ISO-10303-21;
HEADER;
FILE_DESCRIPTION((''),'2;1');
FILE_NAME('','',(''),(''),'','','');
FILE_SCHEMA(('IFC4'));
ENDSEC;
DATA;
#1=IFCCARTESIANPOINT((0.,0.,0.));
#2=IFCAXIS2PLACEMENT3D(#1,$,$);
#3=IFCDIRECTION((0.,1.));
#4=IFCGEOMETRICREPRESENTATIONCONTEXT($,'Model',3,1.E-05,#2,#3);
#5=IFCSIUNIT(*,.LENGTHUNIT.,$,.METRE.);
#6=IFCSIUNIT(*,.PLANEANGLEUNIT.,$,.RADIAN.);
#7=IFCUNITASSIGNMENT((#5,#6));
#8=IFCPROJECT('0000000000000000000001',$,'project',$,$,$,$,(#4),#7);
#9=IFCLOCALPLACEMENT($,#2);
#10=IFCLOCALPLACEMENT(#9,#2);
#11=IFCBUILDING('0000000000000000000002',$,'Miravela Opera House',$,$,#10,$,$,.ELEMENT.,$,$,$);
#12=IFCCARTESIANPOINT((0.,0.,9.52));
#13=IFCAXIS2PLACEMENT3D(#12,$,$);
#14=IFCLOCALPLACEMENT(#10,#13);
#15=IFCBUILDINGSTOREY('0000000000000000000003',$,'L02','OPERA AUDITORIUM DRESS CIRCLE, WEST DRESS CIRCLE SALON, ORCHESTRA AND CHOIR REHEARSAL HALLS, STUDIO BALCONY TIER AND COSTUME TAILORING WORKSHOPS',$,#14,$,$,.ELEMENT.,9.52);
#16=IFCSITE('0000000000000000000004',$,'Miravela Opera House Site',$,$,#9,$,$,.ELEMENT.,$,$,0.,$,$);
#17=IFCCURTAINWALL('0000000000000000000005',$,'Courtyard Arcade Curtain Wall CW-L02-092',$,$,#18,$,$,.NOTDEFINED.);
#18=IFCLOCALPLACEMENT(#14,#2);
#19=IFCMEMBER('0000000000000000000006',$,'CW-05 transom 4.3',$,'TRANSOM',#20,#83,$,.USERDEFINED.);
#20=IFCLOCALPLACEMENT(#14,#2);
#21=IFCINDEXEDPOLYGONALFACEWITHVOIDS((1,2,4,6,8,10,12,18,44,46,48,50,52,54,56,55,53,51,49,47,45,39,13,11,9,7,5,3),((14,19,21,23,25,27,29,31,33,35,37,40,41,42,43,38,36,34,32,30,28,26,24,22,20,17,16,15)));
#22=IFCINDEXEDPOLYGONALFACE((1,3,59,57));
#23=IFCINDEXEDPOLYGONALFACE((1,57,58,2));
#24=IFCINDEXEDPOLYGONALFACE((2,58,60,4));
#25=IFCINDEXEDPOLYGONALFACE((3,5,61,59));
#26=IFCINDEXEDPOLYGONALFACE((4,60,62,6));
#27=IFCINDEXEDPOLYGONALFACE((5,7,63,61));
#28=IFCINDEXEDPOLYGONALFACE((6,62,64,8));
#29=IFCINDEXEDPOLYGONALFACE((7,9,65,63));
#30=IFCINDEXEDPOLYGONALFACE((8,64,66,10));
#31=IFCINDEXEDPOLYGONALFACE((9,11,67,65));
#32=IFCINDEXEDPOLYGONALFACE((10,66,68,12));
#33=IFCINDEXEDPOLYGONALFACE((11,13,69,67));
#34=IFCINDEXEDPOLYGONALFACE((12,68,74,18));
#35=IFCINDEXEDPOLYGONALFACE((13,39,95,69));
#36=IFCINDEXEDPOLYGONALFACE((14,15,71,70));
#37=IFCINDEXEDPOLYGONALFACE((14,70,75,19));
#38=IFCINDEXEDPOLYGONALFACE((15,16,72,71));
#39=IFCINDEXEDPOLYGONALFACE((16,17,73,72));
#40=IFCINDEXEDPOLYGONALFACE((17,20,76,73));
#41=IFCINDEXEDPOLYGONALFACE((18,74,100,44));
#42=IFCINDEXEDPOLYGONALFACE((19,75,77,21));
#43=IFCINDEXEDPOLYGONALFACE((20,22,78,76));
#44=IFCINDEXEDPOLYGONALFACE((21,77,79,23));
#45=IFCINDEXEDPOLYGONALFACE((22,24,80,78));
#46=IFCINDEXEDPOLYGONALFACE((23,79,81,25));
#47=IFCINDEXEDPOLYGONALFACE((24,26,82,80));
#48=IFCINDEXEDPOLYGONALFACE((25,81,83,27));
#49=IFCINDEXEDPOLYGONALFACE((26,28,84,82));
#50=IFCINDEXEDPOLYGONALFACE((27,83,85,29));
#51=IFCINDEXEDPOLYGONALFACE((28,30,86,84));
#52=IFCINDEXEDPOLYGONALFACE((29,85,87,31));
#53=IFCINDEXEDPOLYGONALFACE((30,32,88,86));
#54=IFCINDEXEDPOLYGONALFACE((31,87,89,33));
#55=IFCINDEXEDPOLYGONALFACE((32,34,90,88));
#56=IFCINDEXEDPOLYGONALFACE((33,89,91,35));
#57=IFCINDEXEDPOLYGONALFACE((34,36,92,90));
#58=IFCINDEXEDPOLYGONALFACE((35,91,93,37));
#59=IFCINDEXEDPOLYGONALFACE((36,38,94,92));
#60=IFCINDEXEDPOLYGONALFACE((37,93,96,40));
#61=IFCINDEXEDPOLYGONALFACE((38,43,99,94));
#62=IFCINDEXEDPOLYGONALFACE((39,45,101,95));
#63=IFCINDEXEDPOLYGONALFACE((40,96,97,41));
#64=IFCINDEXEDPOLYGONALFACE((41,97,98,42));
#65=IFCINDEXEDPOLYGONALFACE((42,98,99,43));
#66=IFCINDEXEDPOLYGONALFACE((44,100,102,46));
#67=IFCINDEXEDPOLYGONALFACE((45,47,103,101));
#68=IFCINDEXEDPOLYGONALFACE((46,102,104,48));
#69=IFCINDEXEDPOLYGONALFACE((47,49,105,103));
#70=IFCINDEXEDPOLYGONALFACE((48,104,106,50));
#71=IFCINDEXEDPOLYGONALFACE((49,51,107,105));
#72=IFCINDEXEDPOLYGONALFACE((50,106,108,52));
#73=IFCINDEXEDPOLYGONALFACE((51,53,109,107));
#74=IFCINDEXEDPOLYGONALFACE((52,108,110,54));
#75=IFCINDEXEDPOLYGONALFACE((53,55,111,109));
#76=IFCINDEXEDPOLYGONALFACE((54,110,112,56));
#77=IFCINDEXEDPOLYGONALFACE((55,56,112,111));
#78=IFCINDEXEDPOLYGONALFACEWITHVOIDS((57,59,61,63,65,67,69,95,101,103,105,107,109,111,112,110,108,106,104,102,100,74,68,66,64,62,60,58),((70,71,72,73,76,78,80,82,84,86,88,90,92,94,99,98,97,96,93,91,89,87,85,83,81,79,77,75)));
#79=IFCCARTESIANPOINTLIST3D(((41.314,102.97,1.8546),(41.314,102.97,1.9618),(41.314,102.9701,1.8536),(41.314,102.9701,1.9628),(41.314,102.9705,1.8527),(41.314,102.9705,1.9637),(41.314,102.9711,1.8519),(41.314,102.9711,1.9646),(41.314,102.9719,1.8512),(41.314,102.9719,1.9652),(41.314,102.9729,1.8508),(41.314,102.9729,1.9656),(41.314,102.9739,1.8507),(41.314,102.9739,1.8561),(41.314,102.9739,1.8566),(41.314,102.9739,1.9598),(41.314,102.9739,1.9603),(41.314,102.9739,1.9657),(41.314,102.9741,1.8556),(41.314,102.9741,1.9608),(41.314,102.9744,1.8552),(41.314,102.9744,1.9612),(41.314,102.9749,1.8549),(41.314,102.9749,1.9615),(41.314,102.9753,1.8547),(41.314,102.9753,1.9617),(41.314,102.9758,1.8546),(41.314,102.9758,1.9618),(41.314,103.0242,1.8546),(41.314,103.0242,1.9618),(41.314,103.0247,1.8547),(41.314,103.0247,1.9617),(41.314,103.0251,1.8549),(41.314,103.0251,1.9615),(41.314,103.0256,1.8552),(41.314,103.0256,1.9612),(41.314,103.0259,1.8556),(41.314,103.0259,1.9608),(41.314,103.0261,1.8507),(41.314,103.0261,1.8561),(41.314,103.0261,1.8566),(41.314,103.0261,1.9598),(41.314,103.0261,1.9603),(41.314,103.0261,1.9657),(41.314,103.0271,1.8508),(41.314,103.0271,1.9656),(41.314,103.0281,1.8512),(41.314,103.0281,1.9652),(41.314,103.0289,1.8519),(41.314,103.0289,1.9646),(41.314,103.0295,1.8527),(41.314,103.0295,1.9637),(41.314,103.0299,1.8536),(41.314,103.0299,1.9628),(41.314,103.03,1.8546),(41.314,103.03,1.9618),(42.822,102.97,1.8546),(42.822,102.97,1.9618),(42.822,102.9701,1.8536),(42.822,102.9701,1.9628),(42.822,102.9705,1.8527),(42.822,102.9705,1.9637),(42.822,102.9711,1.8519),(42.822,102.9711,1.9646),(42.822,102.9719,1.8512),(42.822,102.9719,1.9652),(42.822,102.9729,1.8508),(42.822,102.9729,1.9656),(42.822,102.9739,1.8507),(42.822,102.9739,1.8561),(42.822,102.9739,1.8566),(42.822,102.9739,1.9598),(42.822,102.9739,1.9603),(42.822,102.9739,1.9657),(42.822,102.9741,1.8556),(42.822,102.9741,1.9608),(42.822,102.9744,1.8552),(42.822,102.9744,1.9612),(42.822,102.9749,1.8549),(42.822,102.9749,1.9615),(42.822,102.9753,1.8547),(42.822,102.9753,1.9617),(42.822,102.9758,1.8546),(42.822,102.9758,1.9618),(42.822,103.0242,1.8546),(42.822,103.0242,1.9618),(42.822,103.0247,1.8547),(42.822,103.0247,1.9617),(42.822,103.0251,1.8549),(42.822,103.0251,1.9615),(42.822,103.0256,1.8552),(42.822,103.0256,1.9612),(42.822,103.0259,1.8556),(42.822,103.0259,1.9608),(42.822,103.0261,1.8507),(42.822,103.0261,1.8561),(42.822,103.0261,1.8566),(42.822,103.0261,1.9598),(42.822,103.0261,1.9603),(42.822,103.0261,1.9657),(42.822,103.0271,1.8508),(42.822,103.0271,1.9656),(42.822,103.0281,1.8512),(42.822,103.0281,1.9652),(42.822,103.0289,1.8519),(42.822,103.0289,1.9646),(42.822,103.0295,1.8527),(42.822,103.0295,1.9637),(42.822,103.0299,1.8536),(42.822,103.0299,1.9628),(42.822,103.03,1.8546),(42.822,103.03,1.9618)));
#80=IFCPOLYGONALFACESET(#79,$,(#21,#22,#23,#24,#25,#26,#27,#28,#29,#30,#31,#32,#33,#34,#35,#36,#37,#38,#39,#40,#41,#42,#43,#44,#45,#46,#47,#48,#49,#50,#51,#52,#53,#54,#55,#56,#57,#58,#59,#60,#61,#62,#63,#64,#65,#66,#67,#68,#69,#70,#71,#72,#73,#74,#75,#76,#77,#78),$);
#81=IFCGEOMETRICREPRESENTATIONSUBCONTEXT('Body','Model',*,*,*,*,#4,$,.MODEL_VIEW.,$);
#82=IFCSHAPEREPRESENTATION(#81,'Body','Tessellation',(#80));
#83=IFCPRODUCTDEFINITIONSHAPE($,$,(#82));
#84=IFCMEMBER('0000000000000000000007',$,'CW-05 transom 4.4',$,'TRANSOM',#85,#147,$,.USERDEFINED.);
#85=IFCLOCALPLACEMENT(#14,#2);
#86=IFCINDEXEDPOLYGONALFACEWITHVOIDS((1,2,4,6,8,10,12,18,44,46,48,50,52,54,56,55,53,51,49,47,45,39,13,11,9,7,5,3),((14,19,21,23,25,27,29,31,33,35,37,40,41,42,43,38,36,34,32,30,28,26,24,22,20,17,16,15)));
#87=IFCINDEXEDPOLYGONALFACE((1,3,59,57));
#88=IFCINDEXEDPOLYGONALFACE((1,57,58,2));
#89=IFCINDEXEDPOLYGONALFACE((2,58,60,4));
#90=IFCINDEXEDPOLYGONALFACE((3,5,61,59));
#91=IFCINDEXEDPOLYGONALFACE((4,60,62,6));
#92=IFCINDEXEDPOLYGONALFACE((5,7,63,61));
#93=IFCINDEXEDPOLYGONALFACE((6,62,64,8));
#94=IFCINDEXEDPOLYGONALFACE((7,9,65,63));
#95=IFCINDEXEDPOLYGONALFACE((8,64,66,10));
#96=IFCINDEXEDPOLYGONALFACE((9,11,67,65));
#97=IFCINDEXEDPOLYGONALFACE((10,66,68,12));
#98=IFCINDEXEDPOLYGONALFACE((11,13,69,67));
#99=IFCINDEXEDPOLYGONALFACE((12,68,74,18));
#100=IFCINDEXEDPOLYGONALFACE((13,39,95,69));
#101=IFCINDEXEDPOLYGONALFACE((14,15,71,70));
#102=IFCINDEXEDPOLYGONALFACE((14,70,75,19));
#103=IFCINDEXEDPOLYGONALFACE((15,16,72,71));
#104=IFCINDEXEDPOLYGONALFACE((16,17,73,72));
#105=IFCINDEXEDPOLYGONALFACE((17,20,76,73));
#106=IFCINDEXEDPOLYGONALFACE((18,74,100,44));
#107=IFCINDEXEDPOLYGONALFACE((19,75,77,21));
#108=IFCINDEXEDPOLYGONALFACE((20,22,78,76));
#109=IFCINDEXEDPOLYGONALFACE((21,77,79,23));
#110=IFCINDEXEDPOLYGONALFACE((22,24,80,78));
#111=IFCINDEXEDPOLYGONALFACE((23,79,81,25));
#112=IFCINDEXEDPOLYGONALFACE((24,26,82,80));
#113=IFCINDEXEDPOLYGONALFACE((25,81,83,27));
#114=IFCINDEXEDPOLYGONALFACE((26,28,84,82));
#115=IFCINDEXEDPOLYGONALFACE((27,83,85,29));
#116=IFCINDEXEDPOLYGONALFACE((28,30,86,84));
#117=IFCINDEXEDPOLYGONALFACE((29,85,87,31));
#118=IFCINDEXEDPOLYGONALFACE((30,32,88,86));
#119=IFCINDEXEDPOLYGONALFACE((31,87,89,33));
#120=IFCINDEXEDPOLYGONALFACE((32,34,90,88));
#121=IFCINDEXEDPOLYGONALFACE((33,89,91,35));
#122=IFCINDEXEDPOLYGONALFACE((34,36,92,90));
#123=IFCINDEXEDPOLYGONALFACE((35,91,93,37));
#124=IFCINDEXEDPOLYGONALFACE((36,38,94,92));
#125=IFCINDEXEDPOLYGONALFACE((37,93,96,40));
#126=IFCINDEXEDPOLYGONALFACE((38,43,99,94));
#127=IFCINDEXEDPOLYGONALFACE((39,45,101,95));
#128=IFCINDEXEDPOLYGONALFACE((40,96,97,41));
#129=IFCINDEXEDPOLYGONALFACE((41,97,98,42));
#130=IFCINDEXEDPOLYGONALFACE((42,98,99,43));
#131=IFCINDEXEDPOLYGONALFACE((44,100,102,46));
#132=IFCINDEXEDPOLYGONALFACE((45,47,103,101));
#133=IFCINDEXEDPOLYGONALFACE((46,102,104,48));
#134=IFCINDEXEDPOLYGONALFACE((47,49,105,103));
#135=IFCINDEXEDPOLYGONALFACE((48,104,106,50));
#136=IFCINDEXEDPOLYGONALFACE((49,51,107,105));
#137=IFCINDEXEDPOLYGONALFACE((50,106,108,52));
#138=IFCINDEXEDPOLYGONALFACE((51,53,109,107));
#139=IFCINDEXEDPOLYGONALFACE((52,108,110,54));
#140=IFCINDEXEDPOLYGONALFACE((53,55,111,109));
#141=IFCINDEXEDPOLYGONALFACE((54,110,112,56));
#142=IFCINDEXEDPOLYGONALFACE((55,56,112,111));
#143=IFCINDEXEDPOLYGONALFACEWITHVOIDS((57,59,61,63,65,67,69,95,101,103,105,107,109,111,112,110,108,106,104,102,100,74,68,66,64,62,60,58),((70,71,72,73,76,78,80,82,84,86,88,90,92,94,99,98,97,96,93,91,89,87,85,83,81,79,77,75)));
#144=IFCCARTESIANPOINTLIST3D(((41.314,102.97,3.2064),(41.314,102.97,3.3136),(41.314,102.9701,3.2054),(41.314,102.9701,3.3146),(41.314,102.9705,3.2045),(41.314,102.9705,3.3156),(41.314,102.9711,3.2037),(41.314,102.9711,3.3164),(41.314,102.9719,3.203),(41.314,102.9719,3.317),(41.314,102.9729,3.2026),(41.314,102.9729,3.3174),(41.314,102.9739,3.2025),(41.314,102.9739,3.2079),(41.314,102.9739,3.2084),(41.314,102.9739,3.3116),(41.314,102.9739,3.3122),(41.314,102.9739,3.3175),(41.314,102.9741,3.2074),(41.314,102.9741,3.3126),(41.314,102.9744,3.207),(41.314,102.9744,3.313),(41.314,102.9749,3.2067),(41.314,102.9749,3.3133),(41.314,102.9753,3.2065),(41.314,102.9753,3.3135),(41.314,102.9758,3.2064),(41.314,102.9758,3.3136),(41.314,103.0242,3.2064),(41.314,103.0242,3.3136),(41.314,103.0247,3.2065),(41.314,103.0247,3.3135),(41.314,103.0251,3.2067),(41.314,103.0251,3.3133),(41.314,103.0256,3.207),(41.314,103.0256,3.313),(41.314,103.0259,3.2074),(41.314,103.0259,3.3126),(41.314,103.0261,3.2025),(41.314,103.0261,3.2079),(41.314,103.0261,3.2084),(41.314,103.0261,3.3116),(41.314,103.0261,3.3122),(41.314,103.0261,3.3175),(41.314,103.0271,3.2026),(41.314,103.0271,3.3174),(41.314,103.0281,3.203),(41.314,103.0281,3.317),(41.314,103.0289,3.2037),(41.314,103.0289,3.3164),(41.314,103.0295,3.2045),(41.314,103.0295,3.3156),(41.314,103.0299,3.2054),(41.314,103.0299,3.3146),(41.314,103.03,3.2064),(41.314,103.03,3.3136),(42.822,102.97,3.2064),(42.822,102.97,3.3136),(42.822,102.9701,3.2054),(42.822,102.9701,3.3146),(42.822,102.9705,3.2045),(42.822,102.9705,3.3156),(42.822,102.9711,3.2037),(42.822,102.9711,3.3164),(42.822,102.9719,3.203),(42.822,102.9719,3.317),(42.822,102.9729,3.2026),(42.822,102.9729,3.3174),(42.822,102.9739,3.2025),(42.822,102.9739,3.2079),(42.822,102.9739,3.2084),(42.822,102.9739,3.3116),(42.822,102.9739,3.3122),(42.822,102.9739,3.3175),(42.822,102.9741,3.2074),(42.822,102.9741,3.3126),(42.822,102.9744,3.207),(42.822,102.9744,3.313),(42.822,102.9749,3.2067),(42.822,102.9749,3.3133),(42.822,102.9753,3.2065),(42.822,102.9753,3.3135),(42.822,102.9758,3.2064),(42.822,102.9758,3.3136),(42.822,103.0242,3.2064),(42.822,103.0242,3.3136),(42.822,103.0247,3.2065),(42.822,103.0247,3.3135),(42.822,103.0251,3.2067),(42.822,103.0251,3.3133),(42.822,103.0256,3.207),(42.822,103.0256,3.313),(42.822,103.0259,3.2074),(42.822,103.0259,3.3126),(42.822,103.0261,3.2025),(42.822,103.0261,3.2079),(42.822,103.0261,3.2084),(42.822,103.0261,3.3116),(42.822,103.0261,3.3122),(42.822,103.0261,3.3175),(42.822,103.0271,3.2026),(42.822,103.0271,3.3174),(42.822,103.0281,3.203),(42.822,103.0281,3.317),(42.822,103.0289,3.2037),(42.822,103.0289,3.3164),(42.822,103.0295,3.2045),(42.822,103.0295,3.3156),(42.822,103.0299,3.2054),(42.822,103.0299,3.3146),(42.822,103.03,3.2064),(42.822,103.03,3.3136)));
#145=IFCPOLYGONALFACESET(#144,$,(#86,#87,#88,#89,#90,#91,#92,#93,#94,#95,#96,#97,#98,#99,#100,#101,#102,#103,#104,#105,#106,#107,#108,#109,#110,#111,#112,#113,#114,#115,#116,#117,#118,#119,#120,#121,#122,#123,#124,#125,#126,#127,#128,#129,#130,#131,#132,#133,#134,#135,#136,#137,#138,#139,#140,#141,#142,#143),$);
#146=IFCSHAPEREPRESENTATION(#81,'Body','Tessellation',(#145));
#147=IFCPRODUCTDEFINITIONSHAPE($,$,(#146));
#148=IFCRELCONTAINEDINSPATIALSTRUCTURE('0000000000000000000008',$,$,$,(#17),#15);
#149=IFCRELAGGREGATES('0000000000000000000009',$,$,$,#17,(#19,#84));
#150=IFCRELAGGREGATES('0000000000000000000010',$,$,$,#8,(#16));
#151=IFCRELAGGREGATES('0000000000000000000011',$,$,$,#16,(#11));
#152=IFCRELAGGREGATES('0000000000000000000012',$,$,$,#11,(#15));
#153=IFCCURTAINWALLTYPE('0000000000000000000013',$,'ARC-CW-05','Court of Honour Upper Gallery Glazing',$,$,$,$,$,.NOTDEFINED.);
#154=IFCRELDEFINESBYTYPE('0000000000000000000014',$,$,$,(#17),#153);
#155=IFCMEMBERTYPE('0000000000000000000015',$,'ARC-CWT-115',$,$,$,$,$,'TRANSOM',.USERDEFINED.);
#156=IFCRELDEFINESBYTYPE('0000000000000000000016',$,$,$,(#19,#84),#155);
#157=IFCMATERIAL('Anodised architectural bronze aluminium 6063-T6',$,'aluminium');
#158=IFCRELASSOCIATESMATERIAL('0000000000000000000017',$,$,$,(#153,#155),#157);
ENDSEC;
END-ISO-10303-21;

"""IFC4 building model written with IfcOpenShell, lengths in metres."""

from ifc_helpers import new_model, si_unit, direction, frame, origin, origin_2d, place, context, subcontext, project, spatial, hollow_rectangle, extrude, material, material_profile, profile_set, type_object, element, aggregate, save


model = new_model("IFC4")

# Units and contexts
model_context = context("Model", 3, precision=1e-05, world=origin(), true_north=direction((0.0, 1.0)))
body_context = subcontext(model_context, "Body", "Model", "MODEL_VIEW")
ifc_project = project(units=[si_unit("LENGTHUNIT", "METRE"), si_unit("PLANEANGLEUNIT", "RADIAN")], contexts=[model_context])

# Site, building, storey
site_placement = place(None, origin())
site = spatial("IfcSite", under=ifc_project, at=site_placement, Name="Miravela Opera House Site", CompositionType="ELEMENT", RefElevation=0.0)
building_placement = place(site_placement, origin())
building = spatial("IfcBuilding", under=site, at=building_placement, Name="Miravela Opera House", CompositionType="ELEMENT")
storey_placement = place(building_placement, frame((0.0, 0.0, 9.52)))
storey = spatial("IfcBuildingStorey", under=building, at=storey_placement, Name="L02", Description="OPERA AUDITORIUM DRESS CIRCLE, WEST DRESS CIRCLE SALON, ORCHESTRA AND CHOIR REHEARSAL HALLS, STUDIO BALCONY TIER AND COSTUME TAILORING WORKSHOPS", CompositionType="ELEMENT", Elevation=9.52)

# Curtain wall, members
ifc_material_1 = material(Name="Anodised architectural bronze aluminium 6063-T6", Category="aluminium")
curtain_wall_type = type_object("IfcCurtainWallType", Name="ARC-CW-05", Description="Court of Honour Upper Gallery Glazing", PredefinedType="NOTDEFINED", material=ifc_material_1)
curtain_wall_placement = place(storey_placement, origin())
curtain_wall = element("IfcCurtainWall", 1, at=curtain_wall_placement, inside=storey, type_object=curtain_wall_type, Name="Courtyard Arcade Curtain Wall CW-L02-092", PredefinedType="NOTDEFINED")
ifc_material_profile_1 = material_profile(ifc_material_1, hollow_rectangle(XDim=0.0601, YDim=0.115, WallThickness=0.0039, InnerFilletRadius=0.002, OuterFilletRadius=0.0039, at=origin_2d()), Name="CWT-60X115")
ifc_profile_set_1 = profile_set([ifc_material_profile_1])
member_type_1 = type_object("IfcMemberType", Name="ARC-CWT-115", ElementType="TRANSOM", PredefinedType="USERDEFINED", material=ifc_profile_set_1)
member_1_placement = place(storey_placement, frame((41.314, 103.0, 1.9082), z_axis=(1.0, 0.0, 0.0), x_axis=(0.0, 1.0, 0.0)))
member_1 = element("IfcMember", 2, at=member_1_placement, type_object=member_type_1, Name="CW-05 transom 4.3", ObjectType="TRANSOM", PredefinedType="USERDEFINED", context=body_context, shape_type="SweptSolid", body=[
    extrude(hollow_rectangle(XDim=0.0601, YDim=0.115, WallThickness=0.0039, InnerFilletRadius=0.002, OuterFilletRadius=0.0039, at=origin_2d()), origin(), (0.0, 0.0, 1.0), 1.5081),
])
member_2_placement = place(storey_placement, frame((41.314, 103.0, 3.26), z_axis=(1.0, 0.0, 0.0), x_axis=(0.0, 1.0, 0.0)))
member_2 = element("IfcMember", 3, at=member_2_placement, type_object=member_type_1, Name="CW-05 transom 4.4", ObjectType="TRANSOM", PredefinedType="USERDEFINED", context=body_context, shape_type="SweptSolid", body=[
    extrude(hollow_rectangle(XDim=0.0601, YDim=0.115, WallThickness=0.0039, InnerFilletRadius=0.002, OuterFilletRadius=0.0039, at=origin_2d()), origin(), (0.0, 0.0, 1.0), 1.5081),
])

aggregate(curtain_wall, [member_1, member_2])

save(model, "model.ifc")
